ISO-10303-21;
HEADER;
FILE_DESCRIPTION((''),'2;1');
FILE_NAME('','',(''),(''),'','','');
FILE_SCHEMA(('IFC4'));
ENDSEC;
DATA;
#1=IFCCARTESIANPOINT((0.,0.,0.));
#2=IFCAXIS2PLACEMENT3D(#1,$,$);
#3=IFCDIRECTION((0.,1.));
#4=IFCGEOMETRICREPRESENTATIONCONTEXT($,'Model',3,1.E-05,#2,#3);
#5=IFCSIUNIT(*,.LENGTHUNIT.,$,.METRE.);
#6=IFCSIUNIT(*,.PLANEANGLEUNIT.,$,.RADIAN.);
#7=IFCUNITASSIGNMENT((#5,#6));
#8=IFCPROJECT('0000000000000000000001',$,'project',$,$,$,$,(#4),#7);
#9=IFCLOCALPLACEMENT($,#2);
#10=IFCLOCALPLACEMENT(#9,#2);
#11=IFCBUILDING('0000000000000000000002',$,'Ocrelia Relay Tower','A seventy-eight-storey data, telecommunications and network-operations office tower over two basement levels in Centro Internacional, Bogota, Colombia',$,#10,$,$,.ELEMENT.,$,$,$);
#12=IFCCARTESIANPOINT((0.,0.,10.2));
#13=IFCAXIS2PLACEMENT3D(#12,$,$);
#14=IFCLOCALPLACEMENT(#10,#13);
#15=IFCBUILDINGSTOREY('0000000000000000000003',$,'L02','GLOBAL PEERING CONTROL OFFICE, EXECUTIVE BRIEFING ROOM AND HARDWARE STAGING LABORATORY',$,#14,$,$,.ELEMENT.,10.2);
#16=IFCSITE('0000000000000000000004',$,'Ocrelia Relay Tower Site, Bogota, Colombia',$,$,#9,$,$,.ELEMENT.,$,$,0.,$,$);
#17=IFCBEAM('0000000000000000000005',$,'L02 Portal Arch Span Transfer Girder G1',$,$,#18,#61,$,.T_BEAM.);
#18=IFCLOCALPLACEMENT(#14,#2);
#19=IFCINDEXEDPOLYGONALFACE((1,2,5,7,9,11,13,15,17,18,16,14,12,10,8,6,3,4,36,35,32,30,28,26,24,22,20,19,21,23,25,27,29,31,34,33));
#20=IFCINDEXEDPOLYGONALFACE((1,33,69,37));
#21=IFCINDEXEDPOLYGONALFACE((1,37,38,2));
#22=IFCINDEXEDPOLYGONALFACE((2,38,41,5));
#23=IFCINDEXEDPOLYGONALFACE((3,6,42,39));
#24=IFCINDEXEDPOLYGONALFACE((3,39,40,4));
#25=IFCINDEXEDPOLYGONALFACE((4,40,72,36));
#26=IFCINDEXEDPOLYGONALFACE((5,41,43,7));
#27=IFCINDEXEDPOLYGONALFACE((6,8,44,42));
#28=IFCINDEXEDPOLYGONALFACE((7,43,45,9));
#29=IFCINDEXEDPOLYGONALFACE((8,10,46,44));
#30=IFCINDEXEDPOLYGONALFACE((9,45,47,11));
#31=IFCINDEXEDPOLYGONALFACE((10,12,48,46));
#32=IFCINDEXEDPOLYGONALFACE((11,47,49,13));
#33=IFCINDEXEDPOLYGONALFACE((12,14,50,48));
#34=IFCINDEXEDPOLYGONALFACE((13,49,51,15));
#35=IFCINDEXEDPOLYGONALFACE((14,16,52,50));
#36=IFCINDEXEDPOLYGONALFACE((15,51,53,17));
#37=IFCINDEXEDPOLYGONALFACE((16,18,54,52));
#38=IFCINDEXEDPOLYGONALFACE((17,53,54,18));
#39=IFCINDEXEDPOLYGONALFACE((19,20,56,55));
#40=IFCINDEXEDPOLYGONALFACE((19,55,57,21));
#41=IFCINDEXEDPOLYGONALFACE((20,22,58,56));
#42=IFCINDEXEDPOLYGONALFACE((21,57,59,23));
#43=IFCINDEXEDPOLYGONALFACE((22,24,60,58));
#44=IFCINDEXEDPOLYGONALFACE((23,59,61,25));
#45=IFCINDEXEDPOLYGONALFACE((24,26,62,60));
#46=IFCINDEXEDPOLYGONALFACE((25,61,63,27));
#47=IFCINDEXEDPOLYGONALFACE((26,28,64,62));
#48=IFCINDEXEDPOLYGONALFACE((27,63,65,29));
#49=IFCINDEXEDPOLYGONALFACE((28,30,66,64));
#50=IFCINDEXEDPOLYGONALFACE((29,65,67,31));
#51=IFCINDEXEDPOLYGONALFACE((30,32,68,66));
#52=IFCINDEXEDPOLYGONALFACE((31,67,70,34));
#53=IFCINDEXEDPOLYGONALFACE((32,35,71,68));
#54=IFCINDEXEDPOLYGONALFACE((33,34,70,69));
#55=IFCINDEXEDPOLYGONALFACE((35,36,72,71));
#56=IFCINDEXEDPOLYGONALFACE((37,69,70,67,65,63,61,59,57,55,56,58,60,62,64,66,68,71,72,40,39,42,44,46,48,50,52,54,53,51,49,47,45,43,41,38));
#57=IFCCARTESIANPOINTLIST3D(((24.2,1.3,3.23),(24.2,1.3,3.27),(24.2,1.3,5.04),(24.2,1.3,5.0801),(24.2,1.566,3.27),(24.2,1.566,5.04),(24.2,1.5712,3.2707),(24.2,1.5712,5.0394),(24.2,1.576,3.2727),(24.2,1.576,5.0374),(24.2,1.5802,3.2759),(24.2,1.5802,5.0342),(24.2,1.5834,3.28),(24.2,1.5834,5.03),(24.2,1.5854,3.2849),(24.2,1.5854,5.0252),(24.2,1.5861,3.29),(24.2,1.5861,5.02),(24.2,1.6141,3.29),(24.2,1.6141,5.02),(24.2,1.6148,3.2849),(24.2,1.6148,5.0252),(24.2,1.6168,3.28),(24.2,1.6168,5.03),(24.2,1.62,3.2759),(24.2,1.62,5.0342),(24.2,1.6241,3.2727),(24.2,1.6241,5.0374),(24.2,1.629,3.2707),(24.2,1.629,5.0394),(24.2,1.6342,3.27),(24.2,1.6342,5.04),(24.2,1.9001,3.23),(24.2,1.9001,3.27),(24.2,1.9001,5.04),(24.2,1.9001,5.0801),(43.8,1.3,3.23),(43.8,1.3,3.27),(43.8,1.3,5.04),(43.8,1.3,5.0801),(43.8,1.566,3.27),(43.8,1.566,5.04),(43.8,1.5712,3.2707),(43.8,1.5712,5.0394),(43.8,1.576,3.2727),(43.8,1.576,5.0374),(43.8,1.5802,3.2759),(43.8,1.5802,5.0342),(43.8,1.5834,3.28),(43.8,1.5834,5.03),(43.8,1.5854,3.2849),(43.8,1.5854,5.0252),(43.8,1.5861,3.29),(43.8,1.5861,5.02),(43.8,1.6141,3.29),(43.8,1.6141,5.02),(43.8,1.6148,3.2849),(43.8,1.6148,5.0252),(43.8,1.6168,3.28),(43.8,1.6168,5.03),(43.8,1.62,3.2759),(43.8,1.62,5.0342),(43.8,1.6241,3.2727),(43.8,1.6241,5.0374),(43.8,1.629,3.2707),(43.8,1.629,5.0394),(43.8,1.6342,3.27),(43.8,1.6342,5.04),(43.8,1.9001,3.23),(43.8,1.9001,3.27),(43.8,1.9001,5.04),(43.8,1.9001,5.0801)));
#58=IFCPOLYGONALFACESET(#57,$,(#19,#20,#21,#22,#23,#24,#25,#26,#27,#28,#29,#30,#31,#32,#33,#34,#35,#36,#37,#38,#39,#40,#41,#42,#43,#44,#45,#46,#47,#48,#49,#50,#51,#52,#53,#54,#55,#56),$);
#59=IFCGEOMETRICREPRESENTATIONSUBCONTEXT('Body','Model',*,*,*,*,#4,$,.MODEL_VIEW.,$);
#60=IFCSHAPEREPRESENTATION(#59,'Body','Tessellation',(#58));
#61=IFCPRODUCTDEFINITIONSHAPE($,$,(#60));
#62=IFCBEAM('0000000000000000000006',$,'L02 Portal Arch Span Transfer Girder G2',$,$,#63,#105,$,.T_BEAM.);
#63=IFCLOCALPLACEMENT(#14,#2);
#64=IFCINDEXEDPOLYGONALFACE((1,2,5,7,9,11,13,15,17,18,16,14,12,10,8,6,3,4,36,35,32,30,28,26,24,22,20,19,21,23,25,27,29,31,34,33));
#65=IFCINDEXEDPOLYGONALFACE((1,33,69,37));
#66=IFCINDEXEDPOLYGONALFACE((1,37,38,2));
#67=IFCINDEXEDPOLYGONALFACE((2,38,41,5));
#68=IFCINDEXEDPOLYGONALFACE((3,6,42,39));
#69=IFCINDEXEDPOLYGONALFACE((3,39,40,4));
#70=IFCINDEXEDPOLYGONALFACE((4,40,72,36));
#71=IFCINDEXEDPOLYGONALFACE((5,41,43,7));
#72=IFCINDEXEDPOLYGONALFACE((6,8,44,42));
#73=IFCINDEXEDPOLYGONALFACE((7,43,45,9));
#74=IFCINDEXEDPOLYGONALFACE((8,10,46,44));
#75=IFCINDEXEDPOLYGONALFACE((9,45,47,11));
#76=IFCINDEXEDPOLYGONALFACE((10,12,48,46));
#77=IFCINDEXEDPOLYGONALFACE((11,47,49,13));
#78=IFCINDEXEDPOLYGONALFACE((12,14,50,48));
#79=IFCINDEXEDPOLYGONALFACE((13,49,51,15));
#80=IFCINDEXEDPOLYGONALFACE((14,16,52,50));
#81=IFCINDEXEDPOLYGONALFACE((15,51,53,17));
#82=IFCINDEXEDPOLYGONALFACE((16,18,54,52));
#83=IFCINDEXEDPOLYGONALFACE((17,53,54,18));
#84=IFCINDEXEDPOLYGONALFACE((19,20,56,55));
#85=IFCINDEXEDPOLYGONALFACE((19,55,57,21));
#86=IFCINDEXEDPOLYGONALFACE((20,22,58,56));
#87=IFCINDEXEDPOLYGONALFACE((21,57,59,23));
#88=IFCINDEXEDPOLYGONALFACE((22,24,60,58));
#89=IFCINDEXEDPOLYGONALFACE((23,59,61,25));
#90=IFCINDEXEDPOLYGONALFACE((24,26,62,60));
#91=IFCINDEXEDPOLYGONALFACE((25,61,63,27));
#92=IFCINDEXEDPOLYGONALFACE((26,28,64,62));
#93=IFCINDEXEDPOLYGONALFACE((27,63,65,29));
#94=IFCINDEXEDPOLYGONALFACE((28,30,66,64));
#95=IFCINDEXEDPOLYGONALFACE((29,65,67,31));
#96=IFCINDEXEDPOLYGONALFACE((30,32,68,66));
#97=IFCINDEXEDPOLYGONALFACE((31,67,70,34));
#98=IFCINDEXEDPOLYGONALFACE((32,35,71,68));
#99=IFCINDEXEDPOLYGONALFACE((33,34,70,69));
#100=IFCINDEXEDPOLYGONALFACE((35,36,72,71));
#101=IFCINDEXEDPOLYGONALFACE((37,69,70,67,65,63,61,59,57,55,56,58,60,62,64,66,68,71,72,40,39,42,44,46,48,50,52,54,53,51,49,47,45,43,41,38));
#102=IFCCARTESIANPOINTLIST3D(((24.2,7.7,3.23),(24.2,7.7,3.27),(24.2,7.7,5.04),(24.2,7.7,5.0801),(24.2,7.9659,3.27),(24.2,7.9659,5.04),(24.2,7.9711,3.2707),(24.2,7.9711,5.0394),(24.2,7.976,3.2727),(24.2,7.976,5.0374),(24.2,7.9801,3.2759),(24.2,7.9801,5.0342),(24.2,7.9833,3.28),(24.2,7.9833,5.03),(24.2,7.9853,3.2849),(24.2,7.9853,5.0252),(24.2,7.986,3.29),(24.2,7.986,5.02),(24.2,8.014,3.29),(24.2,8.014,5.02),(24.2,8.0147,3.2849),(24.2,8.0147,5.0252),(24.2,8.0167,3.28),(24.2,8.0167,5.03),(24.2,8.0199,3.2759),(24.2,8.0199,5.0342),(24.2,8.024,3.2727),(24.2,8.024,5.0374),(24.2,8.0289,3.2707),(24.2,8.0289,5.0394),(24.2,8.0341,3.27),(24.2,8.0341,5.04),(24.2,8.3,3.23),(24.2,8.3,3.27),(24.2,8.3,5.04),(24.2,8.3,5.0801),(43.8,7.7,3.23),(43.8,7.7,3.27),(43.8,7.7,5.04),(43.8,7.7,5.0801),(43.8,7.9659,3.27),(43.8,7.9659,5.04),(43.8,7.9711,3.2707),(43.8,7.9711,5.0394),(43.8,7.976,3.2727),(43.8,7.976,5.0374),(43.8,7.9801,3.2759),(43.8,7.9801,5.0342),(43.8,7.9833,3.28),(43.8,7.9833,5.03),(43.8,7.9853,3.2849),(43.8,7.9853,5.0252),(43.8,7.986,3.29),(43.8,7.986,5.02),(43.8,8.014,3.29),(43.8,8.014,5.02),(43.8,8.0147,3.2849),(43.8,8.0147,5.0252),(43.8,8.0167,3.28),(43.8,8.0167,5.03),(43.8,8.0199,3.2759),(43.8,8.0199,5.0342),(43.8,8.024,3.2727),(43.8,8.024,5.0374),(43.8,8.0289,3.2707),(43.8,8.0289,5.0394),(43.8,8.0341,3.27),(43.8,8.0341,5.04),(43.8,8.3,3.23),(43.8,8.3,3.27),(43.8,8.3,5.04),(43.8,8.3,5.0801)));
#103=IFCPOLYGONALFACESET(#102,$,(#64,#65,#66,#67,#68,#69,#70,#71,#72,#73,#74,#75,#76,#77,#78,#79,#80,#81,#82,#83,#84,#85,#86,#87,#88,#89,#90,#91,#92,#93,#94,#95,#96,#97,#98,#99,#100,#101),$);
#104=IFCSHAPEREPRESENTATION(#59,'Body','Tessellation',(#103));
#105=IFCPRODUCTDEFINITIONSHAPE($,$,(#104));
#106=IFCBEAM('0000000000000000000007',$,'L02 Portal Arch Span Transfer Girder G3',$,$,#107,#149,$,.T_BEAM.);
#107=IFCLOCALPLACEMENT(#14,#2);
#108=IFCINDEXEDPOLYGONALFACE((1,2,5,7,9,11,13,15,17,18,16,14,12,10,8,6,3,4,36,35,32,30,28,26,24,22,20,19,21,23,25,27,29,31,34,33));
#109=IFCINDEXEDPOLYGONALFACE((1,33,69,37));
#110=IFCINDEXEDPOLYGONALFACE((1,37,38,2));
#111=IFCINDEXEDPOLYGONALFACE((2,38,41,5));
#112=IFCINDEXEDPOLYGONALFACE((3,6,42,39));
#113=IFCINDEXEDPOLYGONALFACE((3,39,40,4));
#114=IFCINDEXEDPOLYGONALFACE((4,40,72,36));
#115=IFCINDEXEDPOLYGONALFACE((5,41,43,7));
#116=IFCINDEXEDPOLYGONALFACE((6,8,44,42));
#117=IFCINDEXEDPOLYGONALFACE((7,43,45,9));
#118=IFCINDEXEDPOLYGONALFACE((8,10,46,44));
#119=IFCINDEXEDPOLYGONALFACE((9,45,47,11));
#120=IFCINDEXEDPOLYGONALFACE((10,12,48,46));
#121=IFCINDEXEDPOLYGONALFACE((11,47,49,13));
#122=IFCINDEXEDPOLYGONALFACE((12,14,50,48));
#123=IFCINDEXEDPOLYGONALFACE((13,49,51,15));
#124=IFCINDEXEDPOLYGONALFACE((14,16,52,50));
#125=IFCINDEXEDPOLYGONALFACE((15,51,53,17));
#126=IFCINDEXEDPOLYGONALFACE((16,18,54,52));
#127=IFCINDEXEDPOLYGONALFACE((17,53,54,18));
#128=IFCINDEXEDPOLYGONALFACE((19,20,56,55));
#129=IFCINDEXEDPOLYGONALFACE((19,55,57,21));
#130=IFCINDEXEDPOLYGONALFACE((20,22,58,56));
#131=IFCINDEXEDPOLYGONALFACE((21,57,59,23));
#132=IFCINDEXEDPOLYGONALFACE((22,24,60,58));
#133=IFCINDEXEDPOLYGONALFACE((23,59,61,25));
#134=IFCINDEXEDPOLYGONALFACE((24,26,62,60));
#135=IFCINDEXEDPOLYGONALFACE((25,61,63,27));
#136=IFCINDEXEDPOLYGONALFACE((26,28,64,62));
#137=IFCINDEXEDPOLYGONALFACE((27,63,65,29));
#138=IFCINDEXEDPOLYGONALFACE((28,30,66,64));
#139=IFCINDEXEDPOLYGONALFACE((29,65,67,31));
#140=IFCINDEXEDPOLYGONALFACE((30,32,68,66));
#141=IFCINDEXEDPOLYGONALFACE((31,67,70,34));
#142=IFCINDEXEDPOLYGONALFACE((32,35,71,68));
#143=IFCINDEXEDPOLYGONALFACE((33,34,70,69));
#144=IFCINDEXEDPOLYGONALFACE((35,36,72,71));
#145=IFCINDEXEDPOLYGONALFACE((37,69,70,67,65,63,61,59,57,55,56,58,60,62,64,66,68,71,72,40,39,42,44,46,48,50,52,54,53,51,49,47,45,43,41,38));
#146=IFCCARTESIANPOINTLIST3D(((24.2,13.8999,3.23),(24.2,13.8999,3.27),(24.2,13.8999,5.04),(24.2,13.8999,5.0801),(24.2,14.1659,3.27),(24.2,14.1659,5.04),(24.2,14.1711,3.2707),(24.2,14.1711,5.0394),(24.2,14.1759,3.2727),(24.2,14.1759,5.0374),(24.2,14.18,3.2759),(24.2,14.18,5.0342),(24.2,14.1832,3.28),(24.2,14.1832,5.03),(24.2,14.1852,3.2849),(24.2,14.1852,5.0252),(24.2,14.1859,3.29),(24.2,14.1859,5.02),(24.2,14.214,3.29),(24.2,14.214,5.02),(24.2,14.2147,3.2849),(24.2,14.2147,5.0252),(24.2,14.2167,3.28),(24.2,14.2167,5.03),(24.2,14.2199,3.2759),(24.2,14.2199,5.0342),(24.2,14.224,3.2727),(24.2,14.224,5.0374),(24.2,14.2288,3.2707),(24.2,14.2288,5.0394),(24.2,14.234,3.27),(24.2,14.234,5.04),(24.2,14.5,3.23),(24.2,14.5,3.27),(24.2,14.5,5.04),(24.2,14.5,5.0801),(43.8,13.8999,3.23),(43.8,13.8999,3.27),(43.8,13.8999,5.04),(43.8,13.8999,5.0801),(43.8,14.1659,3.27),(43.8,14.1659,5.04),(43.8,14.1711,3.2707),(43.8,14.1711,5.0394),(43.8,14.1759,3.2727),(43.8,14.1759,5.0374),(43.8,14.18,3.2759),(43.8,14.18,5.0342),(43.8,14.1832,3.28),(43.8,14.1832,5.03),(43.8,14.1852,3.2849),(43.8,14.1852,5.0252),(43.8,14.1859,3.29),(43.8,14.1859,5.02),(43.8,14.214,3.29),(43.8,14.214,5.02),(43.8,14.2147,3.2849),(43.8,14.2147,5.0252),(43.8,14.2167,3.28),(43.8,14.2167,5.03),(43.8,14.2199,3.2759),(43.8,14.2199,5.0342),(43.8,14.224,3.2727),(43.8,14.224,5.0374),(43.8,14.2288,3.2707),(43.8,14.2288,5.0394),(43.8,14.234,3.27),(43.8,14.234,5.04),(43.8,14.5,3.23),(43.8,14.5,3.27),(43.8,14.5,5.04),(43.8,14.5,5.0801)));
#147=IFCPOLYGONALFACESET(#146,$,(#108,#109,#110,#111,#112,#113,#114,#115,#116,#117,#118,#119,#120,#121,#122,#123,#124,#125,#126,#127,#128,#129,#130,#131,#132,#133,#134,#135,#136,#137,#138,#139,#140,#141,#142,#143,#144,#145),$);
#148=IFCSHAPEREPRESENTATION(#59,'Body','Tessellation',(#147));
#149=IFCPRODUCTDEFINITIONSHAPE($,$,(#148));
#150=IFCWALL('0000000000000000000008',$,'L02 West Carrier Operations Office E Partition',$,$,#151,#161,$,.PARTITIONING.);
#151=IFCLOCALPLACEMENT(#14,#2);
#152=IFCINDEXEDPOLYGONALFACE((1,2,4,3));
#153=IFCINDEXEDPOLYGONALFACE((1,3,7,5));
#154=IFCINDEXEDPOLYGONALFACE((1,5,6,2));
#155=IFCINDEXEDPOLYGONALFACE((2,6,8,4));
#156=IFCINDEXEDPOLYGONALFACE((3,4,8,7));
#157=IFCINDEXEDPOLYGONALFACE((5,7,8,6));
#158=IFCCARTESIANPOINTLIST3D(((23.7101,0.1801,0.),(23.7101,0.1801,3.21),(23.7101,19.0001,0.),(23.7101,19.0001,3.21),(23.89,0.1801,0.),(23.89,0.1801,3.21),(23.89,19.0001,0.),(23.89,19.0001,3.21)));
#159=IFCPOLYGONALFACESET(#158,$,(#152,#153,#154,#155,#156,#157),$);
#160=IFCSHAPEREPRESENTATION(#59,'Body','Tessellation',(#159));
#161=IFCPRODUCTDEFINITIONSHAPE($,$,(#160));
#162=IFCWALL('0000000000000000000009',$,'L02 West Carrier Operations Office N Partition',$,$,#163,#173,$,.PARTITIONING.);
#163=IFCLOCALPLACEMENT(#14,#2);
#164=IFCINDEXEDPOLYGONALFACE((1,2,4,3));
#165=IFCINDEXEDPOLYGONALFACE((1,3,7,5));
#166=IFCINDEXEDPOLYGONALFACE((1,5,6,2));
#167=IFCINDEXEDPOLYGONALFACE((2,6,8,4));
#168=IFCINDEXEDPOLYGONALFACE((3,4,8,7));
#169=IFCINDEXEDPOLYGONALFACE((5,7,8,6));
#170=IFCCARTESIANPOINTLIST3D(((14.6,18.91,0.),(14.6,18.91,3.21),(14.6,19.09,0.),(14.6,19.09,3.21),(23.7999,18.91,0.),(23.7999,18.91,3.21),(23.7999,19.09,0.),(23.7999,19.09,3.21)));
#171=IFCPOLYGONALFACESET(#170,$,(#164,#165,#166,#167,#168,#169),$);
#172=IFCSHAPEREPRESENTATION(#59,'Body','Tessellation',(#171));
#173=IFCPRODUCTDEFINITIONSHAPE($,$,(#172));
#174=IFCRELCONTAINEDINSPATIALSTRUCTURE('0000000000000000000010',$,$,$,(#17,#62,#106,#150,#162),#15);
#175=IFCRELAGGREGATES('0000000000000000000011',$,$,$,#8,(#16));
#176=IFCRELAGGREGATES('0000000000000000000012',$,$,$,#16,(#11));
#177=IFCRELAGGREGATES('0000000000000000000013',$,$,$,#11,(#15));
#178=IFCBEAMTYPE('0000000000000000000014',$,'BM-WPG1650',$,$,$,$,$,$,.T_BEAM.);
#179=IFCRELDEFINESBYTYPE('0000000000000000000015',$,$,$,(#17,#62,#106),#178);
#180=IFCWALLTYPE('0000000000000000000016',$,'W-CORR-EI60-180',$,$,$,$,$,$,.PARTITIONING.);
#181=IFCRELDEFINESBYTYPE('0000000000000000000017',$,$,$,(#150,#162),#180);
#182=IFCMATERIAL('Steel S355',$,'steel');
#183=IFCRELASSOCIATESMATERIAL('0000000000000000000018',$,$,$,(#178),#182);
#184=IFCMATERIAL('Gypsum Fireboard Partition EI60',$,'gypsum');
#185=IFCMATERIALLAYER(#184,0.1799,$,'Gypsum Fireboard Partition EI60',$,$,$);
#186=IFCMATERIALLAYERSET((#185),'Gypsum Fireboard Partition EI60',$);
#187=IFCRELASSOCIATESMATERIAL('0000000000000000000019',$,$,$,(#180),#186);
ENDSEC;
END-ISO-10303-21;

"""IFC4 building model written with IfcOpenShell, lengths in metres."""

from ifc_helpers import new_model, si_unit, direction, frame, frame_2d, origin, origin_2d, place, context, subcontext, project, spatial, rectangle, i_section, extrude, material, layer, layer_set, material_profile, profile_set, type_object, element, save


model = new_model("IFC4")

# Units and contexts
model_context = context("Model", 3, precision=1e-05, world=origin(), true_north=direction((0.0, 1.0)))
body_context = subcontext(model_context, "Body", "Model", "MODEL_VIEW")
ifc_project = project(units=[si_unit("LENGTHUNIT", "METRE"), si_unit("PLANEANGLEUNIT", "RADIAN")], contexts=[model_context])

# Site, building, storey
site_placement = place(None, origin())
site = spatial("IfcSite", under=ifc_project, at=site_placement, Name="Ocrelia Relay Tower Site, Bogota, Colombia", CompositionType="ELEMENT", RefElevation=0.0)
building_placement = place(site_placement, origin())
building = spatial("IfcBuilding", under=site, at=building_placement, Name="Ocrelia Relay Tower", Description="A seventy-eight-storey data, telecommunications and network-operations office tower over two basement levels in Centro Internacional, Bogota, Colombia", CompositionType="ELEMENT")
storey_placement = place(building_placement, frame((0.0, 0.0, 10.2)))
storey = spatial("IfcBuildingStorey", under=building, at=storey_placement, Name="L02", Description="GLOBAL PEERING CONTROL OFFICE, EXECUTIVE BRIEFING ROOM AND HARDWARE STAGING LABORATORY", CompositionType="ELEMENT", Elevation=10.2)

# Beams
ifc_material_1 = material(Name="Steel S355", Category="steel")
ifc_material_profile_1 = material_profile(ifc_material_1, i_section(OverallWidth=0.6001, OverallDepth=1.8501, WebThickness=0.0281, FlangeThickness=0.04, FilletRadius=0.02, at=origin_2d()), Name="WPG 1850x600")
ifc_profile_set_1 = profile_set([ifc_material_profile_1], Name="Steel S355")
beam_type_1 = type_object("IfcBeamType", Name="BM-WPG1650", PredefinedType="T_BEAM", material=ifc_profile_set_1)
for number, where, z_axis, x_axis, name in (
    (1, (24.2, 1.6001, 4.155), (1.0, 0.0, 0.0), (0.0, 1.0, 0.0), "L02 Portal Arch Span Transfer Girder G1"),
    (2, (24.2, 8.0, 4.155), (1.0, 0.0, 0.0), (0.0, 1.0, 0.0), "L02 Portal Arch Span Transfer Girder G2"),
    (3, (24.2, 14.2, 4.155), (1.0, 0.0, 0.0), (0.0, 1.0, 0.0), "L02 Portal Arch Span Transfer Girder G3"),
):
    element("IfcBeam", number, at=place(storey_placement, frame(where, z_axis=z_axis, x_axis=x_axis)), inside=storey, type_object=beam_type_1, Name=name, PredefinedType="T_BEAM", context=body_context, shape_type="SweptSolid", body=[
        extrude(i_section(OverallWidth=0.6001, OverallDepth=1.8501, WebThickness=0.0281, FlangeThickness=0.04, FilletRadius=0.02, at=origin_2d()), origin(), (0.0, 0.0, 1.0), 19.6001),
    ])

# Walls
ifc_material_2 = material(Name="Gypsum Fireboard Partition EI60", Category="gypsum")
ifc_layer = layer(ifc_material_2, 0.1799, Name="Gypsum Fireboard Partition EI60")
ifc_layer_set = layer_set([ifc_layer], Name="Gypsum Fireboard Partition EI60")
wall_type = type_object("IfcWallType", Name="W-CORR-EI60-180", PredefinedType="PARTITIONING", material=ifc_layer_set)
wall_1_placement = place(storey_placement, frame((23.8, 0.1799, 0.0), z_axis=(0.0, 0.0, 1.0), x_axis=(0.0, 1.0, 0.0)))
element("IfcWall", 4, at=wall_1_placement, inside=storey, type_object=wall_type, Name="L02 West Carrier Operations Office E Partition", PredefinedType="PARTITIONING", context=body_context, shape_type="SweptSolid", body=[
    extrude(rectangle(XDim=18.8201, YDim=0.1799, at=frame_2d((9.4102, 0.0))), origin(), (0.0, 0.0, 1.0), 3.21),
])
wall_2_placement = place(storey_placement, frame((23.8, 19.0, 0.0), z_axis=(0.0, 0.0, 1.0), x_axis=(-1.0, 0.0, 0.0)))
element("IfcWall", 5, at=wall_2_placement, inside=storey, type_object=wall_type, Name="L02 West Carrier Operations Office N Partition", PredefinedType="PARTITIONING", context=body_context, shape_type="SweptSolid", body=[
    extrude(rectangle(XDim=9.2, YDim=0.1799, at=frame_2d((4.6001, 0.0))), origin(), (0.0, 0.0, 1.0), 3.21),
])

save(model, "model.ifc")
